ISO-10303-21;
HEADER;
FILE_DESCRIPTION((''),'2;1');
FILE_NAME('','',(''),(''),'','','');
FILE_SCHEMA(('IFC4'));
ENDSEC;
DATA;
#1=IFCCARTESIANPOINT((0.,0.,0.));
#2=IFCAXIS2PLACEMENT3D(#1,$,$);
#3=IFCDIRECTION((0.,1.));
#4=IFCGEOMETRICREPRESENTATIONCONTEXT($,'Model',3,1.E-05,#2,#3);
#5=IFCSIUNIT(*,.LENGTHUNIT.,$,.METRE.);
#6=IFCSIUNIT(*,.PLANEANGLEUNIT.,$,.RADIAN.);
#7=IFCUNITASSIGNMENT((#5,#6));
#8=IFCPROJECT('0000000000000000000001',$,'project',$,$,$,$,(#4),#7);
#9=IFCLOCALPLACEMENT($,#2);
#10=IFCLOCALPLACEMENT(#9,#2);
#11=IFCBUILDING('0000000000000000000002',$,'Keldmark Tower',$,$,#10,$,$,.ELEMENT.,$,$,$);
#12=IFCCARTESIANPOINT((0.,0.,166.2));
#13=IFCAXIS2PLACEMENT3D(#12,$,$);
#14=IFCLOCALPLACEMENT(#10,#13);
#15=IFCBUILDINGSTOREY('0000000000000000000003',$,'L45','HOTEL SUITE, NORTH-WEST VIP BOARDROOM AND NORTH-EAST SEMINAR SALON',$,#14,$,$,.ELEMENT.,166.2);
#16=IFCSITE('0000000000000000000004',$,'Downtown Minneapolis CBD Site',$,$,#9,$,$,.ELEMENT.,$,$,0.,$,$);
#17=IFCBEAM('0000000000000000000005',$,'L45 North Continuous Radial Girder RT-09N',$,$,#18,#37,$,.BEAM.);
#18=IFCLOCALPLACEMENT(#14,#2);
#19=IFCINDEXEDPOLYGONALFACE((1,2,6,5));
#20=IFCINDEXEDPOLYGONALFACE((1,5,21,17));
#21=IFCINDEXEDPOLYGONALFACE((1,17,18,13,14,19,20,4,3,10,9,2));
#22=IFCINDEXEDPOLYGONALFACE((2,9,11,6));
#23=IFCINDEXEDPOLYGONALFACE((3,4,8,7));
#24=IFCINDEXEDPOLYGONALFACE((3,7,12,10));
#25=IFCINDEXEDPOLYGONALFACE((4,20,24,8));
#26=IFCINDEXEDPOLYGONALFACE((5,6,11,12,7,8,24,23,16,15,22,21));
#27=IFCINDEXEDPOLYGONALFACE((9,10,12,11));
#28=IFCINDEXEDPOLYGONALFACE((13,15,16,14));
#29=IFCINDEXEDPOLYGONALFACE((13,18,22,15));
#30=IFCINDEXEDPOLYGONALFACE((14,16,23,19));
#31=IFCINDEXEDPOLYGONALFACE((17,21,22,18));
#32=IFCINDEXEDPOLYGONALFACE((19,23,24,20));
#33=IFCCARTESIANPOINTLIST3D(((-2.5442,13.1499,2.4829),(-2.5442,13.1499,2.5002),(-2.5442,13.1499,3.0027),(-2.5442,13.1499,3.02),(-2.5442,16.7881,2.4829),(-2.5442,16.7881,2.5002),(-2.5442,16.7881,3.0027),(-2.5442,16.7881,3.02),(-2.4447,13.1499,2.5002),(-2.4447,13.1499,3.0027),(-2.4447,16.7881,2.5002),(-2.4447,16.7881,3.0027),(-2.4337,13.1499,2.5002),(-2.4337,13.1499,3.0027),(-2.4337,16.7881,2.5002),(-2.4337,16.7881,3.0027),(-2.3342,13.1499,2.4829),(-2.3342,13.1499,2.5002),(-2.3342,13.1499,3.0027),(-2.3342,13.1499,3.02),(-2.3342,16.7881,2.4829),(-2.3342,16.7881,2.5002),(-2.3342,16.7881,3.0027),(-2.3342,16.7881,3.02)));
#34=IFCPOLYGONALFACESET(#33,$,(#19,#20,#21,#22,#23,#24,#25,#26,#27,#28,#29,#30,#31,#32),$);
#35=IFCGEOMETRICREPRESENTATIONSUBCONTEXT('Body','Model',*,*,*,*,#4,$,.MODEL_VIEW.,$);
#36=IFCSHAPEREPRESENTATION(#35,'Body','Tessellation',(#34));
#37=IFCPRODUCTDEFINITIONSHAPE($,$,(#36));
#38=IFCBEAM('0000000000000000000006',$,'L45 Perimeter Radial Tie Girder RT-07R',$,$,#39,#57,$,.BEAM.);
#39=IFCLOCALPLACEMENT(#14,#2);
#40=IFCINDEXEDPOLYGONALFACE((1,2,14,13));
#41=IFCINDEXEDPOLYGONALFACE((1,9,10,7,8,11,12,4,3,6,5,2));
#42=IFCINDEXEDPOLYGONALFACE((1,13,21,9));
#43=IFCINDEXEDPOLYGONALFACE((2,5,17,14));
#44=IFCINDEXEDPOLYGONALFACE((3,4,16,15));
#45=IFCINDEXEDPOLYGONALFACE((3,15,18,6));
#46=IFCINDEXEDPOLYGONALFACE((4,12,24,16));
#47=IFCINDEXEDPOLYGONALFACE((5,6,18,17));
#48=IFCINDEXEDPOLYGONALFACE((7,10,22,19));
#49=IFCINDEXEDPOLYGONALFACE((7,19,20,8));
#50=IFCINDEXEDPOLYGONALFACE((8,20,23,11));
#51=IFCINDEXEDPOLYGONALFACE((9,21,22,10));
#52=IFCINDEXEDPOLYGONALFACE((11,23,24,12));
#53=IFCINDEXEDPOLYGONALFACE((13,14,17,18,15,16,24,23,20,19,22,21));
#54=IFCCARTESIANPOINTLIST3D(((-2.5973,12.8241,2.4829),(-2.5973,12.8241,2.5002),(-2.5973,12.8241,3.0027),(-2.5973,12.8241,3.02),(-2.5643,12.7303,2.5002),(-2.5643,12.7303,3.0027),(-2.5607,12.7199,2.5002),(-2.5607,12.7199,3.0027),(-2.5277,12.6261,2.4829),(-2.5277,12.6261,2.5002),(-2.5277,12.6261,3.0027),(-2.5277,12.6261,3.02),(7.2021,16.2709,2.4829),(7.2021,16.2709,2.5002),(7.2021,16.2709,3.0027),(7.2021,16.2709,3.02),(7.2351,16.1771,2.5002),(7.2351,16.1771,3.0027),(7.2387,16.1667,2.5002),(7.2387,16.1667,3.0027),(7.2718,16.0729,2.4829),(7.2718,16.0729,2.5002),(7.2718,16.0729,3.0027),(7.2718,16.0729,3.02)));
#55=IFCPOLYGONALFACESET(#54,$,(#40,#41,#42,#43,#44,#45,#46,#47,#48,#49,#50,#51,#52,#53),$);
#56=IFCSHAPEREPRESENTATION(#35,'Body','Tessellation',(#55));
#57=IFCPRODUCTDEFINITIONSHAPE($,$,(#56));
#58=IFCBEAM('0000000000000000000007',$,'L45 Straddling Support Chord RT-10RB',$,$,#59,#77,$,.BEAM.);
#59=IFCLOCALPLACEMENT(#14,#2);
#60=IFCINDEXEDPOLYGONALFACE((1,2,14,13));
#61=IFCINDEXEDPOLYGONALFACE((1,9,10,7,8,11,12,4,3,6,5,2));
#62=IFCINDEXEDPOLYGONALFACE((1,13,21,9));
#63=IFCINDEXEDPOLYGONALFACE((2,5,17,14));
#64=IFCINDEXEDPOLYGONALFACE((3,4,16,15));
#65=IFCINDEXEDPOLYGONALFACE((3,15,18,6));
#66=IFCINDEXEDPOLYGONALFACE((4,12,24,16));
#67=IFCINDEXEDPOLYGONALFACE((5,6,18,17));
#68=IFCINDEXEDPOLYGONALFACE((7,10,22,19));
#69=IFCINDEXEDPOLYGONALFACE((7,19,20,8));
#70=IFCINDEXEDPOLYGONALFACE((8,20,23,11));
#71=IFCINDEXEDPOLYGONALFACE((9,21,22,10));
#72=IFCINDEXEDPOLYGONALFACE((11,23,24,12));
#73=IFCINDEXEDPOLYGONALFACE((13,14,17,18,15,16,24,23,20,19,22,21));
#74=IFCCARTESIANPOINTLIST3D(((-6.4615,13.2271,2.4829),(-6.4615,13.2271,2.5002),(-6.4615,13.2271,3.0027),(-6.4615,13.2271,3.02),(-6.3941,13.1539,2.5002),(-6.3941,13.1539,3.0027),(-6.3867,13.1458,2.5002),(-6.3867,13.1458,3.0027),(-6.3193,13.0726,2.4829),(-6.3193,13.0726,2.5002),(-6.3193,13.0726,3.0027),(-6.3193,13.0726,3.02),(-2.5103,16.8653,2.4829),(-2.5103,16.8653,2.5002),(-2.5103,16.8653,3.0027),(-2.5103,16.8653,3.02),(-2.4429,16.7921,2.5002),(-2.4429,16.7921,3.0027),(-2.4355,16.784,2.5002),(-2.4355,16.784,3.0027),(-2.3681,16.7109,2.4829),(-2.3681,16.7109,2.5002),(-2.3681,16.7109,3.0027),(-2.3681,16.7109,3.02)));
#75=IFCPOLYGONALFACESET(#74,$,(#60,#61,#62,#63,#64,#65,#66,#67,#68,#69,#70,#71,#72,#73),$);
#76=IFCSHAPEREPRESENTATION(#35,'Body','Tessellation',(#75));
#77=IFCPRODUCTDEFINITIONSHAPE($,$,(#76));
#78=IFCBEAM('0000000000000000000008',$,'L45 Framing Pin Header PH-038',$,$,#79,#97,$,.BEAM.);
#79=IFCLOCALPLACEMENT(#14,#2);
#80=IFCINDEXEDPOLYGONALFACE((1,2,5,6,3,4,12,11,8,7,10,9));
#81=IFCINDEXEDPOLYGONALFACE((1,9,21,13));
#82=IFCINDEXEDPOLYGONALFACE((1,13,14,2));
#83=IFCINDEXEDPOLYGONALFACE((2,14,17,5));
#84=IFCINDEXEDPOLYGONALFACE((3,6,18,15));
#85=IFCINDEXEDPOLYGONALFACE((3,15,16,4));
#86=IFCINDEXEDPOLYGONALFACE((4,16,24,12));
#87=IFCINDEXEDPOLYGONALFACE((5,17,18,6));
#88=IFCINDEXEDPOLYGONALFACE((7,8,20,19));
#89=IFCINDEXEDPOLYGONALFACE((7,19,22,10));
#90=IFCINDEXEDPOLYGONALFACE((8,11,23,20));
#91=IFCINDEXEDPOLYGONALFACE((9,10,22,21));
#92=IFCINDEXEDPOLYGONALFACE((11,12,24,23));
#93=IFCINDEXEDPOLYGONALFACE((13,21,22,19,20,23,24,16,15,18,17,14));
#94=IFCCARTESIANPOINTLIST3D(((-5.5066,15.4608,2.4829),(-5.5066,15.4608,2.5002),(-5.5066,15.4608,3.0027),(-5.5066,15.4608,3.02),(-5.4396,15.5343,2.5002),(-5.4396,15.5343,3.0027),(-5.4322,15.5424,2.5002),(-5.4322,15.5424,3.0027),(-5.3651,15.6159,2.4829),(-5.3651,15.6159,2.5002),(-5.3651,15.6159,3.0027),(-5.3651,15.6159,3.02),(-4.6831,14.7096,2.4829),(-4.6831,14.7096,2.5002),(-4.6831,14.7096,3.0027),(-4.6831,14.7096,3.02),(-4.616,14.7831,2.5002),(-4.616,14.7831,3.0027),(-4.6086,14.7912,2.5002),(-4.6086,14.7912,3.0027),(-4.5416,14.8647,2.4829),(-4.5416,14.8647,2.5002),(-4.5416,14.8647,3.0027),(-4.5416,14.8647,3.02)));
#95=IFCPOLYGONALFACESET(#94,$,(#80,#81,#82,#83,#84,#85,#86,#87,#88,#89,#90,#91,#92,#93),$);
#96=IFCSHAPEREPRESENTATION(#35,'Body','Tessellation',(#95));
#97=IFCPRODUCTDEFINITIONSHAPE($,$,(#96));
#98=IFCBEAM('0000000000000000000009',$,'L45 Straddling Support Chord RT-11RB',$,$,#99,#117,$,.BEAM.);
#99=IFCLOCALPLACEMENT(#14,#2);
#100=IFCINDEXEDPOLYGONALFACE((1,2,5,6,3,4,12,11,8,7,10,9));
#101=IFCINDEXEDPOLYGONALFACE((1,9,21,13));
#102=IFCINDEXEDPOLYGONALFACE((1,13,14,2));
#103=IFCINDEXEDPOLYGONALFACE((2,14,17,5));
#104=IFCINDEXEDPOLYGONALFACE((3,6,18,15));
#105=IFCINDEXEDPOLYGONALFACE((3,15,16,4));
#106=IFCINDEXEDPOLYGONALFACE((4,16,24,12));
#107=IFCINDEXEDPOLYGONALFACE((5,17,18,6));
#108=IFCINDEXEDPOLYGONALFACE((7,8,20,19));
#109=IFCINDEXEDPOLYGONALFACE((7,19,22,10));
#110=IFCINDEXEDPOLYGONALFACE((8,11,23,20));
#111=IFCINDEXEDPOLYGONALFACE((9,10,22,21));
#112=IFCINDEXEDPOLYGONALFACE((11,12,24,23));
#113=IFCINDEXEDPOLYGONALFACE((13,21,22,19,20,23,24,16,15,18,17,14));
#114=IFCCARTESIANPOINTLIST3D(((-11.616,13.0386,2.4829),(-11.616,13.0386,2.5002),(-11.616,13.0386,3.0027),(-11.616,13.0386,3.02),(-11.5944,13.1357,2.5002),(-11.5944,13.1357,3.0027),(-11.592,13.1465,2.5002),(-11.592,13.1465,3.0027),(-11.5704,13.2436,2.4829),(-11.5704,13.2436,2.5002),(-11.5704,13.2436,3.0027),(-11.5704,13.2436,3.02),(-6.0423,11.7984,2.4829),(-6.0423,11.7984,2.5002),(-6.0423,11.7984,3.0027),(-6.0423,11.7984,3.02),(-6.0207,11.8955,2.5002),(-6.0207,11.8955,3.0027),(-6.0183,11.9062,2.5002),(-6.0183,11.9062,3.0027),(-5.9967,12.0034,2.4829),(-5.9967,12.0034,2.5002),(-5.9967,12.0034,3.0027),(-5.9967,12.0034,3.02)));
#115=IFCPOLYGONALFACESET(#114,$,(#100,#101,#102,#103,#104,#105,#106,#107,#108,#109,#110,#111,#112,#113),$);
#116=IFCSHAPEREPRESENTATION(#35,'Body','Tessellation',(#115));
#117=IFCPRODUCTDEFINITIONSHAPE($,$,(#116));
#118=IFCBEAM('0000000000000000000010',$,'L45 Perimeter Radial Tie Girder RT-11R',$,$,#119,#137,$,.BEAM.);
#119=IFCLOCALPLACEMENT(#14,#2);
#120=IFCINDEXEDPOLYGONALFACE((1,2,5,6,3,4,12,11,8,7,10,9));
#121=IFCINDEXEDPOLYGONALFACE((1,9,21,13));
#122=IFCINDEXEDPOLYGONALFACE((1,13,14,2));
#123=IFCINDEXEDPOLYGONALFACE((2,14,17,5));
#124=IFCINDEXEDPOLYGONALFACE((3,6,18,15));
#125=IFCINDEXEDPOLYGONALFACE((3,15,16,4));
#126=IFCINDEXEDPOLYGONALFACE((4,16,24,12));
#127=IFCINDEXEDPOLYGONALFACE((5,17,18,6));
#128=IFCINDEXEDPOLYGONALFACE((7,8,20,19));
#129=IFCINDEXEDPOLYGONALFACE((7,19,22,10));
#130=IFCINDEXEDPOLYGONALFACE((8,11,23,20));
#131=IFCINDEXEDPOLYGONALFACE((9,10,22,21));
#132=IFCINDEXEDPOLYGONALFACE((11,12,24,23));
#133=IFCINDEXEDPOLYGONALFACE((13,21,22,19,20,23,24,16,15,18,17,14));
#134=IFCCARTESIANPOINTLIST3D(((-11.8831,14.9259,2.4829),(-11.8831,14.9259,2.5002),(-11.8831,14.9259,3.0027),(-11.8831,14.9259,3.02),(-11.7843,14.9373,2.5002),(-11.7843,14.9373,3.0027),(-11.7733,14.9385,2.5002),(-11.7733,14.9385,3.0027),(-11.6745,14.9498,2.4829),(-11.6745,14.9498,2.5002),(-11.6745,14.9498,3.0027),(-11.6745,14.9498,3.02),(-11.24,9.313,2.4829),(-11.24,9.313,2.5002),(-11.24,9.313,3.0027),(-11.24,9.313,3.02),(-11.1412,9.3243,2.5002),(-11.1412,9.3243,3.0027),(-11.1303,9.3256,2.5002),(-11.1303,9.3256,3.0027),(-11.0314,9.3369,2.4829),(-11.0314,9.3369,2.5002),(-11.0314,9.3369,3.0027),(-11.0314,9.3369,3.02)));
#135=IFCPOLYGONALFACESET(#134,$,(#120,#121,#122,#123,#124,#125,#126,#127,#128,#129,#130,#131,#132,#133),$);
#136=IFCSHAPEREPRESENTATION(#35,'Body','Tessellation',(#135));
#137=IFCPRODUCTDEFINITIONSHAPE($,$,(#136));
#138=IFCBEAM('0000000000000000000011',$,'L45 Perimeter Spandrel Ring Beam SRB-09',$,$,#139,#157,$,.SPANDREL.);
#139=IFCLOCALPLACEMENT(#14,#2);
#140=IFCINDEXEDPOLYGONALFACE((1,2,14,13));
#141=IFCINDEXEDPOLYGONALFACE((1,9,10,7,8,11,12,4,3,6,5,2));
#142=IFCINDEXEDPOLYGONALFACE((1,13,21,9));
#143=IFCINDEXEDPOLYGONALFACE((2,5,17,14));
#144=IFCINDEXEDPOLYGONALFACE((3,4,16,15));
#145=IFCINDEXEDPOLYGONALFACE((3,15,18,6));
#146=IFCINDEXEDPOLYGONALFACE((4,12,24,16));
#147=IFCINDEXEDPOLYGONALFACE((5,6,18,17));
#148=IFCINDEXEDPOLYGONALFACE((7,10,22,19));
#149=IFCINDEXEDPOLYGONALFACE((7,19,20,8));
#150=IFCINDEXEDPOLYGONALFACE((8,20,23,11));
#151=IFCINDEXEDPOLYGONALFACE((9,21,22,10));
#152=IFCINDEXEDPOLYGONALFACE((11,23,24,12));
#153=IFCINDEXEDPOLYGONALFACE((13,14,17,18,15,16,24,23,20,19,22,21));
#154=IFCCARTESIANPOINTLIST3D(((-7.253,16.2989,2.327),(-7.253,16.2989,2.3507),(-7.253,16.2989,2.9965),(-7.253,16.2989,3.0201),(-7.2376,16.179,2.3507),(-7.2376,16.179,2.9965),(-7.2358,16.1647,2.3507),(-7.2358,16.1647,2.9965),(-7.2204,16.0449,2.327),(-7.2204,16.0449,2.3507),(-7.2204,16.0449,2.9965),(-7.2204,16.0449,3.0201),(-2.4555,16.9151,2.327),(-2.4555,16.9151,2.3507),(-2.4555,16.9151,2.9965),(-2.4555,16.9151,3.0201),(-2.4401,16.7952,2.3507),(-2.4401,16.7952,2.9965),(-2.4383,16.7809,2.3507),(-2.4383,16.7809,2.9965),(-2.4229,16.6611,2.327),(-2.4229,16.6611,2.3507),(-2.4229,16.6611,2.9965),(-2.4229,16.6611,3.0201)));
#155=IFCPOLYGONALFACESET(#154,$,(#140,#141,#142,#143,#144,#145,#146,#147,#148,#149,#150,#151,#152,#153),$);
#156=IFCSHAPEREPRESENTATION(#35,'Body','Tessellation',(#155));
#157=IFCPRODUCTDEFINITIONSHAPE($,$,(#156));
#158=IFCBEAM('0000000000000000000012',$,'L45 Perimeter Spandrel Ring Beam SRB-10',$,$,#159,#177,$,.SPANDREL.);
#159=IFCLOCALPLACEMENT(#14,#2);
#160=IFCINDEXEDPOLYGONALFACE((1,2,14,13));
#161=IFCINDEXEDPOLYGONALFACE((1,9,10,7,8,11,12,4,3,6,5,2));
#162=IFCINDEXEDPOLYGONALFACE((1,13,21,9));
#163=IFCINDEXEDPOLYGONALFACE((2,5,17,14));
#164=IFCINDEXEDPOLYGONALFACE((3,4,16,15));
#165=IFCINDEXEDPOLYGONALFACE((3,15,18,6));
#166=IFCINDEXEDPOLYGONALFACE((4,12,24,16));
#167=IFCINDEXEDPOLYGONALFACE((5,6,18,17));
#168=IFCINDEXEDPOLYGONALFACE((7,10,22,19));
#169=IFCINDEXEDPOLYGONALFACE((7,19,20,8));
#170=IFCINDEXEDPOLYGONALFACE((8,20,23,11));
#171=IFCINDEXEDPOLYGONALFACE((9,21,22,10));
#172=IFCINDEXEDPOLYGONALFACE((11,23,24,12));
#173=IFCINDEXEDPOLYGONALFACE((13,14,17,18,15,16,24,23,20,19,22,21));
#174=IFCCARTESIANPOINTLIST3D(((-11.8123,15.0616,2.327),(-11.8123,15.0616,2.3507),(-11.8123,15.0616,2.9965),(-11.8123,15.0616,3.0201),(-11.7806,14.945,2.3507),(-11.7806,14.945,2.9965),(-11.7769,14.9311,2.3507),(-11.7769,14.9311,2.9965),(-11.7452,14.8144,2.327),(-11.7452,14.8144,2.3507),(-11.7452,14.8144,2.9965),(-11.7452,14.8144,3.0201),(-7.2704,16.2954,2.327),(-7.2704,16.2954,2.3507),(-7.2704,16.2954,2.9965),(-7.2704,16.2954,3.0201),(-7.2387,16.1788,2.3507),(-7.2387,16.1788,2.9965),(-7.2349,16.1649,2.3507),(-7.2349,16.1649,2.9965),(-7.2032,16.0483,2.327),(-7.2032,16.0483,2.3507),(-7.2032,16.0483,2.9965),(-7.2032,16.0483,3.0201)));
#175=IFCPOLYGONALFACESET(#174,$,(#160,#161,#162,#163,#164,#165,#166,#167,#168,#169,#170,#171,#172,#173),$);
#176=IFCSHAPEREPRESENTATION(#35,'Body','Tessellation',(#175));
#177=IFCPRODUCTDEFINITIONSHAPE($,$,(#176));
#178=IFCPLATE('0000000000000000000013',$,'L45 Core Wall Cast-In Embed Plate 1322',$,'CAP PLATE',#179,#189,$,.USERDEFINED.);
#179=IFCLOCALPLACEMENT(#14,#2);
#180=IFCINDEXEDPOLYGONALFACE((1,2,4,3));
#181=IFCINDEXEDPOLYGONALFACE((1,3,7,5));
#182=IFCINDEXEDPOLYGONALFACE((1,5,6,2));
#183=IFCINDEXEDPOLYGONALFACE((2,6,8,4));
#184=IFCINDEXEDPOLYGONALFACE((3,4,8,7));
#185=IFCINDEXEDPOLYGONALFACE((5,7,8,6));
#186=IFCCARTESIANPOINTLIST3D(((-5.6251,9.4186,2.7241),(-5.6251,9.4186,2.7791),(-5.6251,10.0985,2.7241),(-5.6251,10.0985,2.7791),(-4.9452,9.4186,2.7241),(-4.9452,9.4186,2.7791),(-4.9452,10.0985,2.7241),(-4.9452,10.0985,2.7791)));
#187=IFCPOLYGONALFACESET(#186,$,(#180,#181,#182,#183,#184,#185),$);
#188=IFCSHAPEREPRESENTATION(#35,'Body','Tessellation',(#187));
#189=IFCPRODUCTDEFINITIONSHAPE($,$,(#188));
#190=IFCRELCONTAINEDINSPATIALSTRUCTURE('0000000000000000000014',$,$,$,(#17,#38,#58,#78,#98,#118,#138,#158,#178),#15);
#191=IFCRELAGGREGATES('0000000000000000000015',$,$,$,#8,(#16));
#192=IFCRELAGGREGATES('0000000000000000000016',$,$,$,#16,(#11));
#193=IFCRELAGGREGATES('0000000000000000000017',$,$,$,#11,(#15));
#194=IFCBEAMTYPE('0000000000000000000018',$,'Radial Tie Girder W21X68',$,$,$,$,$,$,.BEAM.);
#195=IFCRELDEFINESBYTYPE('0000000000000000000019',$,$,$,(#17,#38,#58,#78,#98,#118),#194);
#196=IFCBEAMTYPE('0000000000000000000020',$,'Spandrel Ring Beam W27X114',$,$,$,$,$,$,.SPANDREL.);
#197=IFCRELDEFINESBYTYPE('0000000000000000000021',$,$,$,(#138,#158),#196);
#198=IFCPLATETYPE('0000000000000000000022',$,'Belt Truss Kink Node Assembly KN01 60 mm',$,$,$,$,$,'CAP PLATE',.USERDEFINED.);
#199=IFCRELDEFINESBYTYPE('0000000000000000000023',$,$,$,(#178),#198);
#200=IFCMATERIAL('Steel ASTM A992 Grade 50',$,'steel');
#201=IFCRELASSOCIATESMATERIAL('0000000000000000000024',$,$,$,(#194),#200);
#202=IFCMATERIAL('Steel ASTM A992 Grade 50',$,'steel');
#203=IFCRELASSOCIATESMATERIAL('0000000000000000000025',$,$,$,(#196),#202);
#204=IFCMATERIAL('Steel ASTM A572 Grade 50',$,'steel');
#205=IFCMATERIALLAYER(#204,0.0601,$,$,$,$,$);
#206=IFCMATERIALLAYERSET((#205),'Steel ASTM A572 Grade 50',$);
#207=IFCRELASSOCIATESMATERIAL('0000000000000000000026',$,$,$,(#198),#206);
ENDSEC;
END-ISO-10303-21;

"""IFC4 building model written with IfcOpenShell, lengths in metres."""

from ifc_helpers import new_model, si_unit, direction, frame, origin, origin_2d, place, context, subcontext, project, spatial, rectangle, i_section, extrude, material, layer, layer_set, material_profile, profile_set, type_object, element, save


model = new_model("IFC4")

# Units and contexts
model_context = context("Model", 3, precision=1e-05, world=origin(), true_north=direction((0.0, 1.0)))
body_context = subcontext(model_context, "Body", "Model", "MODEL_VIEW")
ifc_project = project(units=[si_unit("LENGTHUNIT", "METRE"), si_unit("PLANEANGLEUNIT", "RADIAN")], contexts=[model_context])

# Site, building, storey
site_placement = place(None, origin())
site = spatial("IfcSite", under=ifc_project, at=site_placement, Name="Downtown Minneapolis CBD Site", CompositionType="ELEMENT", RefElevation=0.0)
building_placement = place(site_placement, origin())
building = spatial("IfcBuilding", under=site, at=building_placement, Name="Keldmark Tower", CompositionType="ELEMENT")
storey_placement = place(building_placement, frame((0.0, 0.0, 166.2)))
storey = spatial("IfcBuildingStorey", under=building, at=storey_placement, Name="L45", Description="HOTEL SUITE, NORTH-WEST VIP BOARDROOM AND NORTH-EAST SEMINAR SALON", CompositionType="ELEMENT", Elevation=166.2)

# Beams
ifc_material_1 = material(Name="Steel ASTM A992 Grade 50", Category="steel")
ifc_material_profile_1 = material_profile(ifc_material_1, i_section(OverallWidth=0.21, OverallDepth=0.5371, WebThickness=0.011, FlangeThickness=0.0173, at=origin_2d()), Name="W21X68")
ifc_profile_set_1 = profile_set([ifc_material_profile_1], Name="Steel ASTM A992 Grade 50")
beam_type_1 = type_object("IfcBeamType", Name="Radial Tie Girder W21X68", PredefinedType="BEAM", material=ifc_profile_set_1)
beam_1_placement = place(storey_placement, frame((-2.4392, 13.1499, 2.7515), z_axis=(0.0, 1.0, 0.0), x_axis=(-1.0, 0.0, 0.0)))
element("IfcBeam", 1, at=beam_1_placement, inside=storey, type_object=beam_type_1, Name="L45 North Continuous Radial Girder RT-09N", PredefinedType="BEAM", context=body_context, shape_type="SweptSolid", body=[
    extrude(i_section(OverallWidth=0.21, OverallDepth=0.5371, WebThickness=0.011, FlangeThickness=0.0173, at=origin_2d()), origin(), (0.0, 0.0, 1.0), 3.6382),
])
beam_2_placement = place(storey_placement, frame((-2.5625, 12.7251, 2.7515), z_axis=(0.943346, 0.331809, 0.0), x_axis=(-0.331809, 0.943346, 0.0)))
element("IfcBeam", 2, at=beam_2_placement, inside=storey, type_object=beam_type_1, Name="L45 Perimeter Radial Tie Girder RT-07R", PredefinedType="BEAM", context=body_context, shape_type="SweptSolid", body=[
    extrude(i_section(OverallWidth=0.21, OverallDepth=0.5371, WebThickness=0.011, FlangeThickness=0.0173, at=origin_2d()), origin(), (0.0, 0.0, 1.0), 10.3879),
])
beam_3_placement = place(storey_placement, frame((-2.4392, 16.7881, 2.7515), z_axis=(-0.735643, -0.67737, 0.0), x_axis=(0.67737, -0.735643, 0.0)))
element("IfcBeam", 3, at=beam_3_placement, inside=storey, type_object=beam_type_1, Name="L45 Straddling Support Chord RT-10RB", PredefinedType="BEAM", context=body_context, shape_type="SweptSolid", body=[
    extrude(i_section(OverallWidth=0.21, OverallDepth=0.5371, WebThickness=0.011, FlangeThickness=0.0173, at=origin_2d()), origin(), (0.0, 0.0, 1.0), 5.3711),
])
beam_4_placement = place(storey_placement, frame((-4.6123, 14.7871, 2.7515), z_axis=(-0.738779, 0.673947, 0.0), x_axis=(-0.673947, -0.738779, 0.0)))
element("IfcBeam", 4, at=beam_4_placement, inside=storey, type_object=beam_type_1, Name="L45 Framing Pin Header PH-038", PredefinedType="BEAM", context=body_context, shape_type="SweptSolid", body=[
    extrude(i_section(OverallWidth=0.21, OverallDepth=0.5371, WebThickness=0.011, FlangeThickness=0.0173, at=origin_2d()), origin(), (0.0, 0.0, 1.0), 1.1147),
])
beam_5_placement = place(storey_placement, frame((-6.0195, 11.9009, 2.7515), z_axis=(-0.976127, 0.217202, 0.0), x_axis=(-0.217202, -0.976127, 0.0)))
element("IfcBeam", 5, at=beam_5_placement, inside=storey, type_object=beam_type_1, Name="L45 Straddling Support Chord RT-11RB", PredefinedType="BEAM", context=body_context, shape_type="SweptSolid", body=[
    extrude(i_section(OverallWidth=0.21, OverallDepth=0.5371, WebThickness=0.011, FlangeThickness=0.0173, at=origin_2d()), origin(), (0.0, 0.0, 1.0), 5.71),
])
beam_6_placement = place(storey_placement, frame((-11.1357, 9.325, 2.7515), z_axis=(-0.113822, 0.993501, 0.0), x_axis=(-0.993501, -0.113822, 0.0)))
element("IfcBeam", 6, at=beam_6_placement, inside=storey, type_object=beam_type_1, Name="L45 Perimeter Radial Tie Girder RT-11R", PredefinedType="BEAM", context=body_context, shape_type="SweptSolid", body=[
    extrude(i_section(OverallWidth=0.21, OverallDepth=0.5371, WebThickness=0.011, FlangeThickness=0.0173, at=origin_2d()), origin(), (0.0, 0.0, 1.0), 5.6497),
])
ifc_material_2 = material(Name="Steel ASTM A992 Grade 50", Category="steel")
ifc_material_profile_2 = material_profile(ifc_material_2, i_section(OverallWidth=0.2561, OverallDepth=0.6931, WebThickness=0.0144, FlangeThickness=0.0237, at=origin_2d()), Name="W27X114")
ifc_profile_set_2 = profile_set([ifc_material_profile_2], Name="Steel ASTM A992 Grade 50")
beam_type_2 = type_object("IfcBeamType", Name="Spandrel Ring Beam W27X114", PredefinedType="SPANDREL", material=ifc_profile_set_2)
beam_7_placement = place(storey_placement, frame((-2.4392, 16.7881, 2.6736), z_axis=(-0.991852, -0.127395, 0.0), x_axis=(0.127395, -0.991852, 0.0)))
element("IfcBeam", 7, at=beam_7_placement, inside=storey, type_object=beam_type_2, Name="L45 Perimeter Spandrel Ring Beam SRB-09", PredefinedType="SPANDREL", context=body_context, shape_type="SweptSolid", body=[
    extrude(i_section(OverallWidth=0.2561, OverallDepth=0.6931, WebThickness=0.0144, FlangeThickness=0.0237, at=origin_2d()), origin(), (0.0, 0.0, 1.0), 4.8369),
])
beam_8_placement = place(storey_placement, frame((-7.2368, 16.1719, 2.6736), z_axis=(-0.965024, -0.26216, 0.0), x_axis=(0.26216, -0.965024, 0.0)))
element("IfcBeam", 8, at=beam_8_placement, inside=storey, type_object=beam_type_2, Name="L45 Perimeter Spandrel Ring Beam SRB-10", PredefinedType="SPANDREL", context=body_context, shape_type="SweptSolid", body=[
    extrude(i_section(OverallWidth=0.2561, OverallDepth=0.6931, WebThickness=0.0144, FlangeThickness=0.0237, at=origin_2d()), origin(), (0.0, 0.0, 1.0), 4.7065),
])

# Plate
ifc_material_3 = material(Name="Steel ASTM A572 Grade 50", Category="steel")
ifc_layer_1 = layer(ifc_material_3, 0.0601)
ifc_layer_set_1 = layer_set([ifc_layer_1], Name="Steel ASTM A572 Grade 50")
plate_type_1 = type_object("IfcPlateType", Name="Belt Truss Kink Node Assembly KN01 60 mm", ElementType="CAP PLATE", PredefinedType="USERDEFINED", material=ifc_layer_set_1)
for number, where, z_axis, x_axis, name in (
    (9, (-5.2852, 9.7585, 2.7241), (0.0, 0.0, 1.0), (1.0, 0.0, 0.0), "L45 Core Wall Cast-In Embed Plate 1322"),
):
    element("IfcPlate", number, at=place(storey_placement, frame(where, z_axis=z_axis, x_axis=x_axis)), inside=storey, type_object=plate_type_1, Name=name, ObjectType="CAP PLATE", PredefinedType="USERDEFINED", context=body_context, shape_type="SweptSolid", body=[
        extrude(rectangle(XDim=0.6799, YDim=0.6799, at=origin_2d()), origin(), (0.0, 0.0, 1.0), 0.0549),
    ])

save(model, "model.ifc")
